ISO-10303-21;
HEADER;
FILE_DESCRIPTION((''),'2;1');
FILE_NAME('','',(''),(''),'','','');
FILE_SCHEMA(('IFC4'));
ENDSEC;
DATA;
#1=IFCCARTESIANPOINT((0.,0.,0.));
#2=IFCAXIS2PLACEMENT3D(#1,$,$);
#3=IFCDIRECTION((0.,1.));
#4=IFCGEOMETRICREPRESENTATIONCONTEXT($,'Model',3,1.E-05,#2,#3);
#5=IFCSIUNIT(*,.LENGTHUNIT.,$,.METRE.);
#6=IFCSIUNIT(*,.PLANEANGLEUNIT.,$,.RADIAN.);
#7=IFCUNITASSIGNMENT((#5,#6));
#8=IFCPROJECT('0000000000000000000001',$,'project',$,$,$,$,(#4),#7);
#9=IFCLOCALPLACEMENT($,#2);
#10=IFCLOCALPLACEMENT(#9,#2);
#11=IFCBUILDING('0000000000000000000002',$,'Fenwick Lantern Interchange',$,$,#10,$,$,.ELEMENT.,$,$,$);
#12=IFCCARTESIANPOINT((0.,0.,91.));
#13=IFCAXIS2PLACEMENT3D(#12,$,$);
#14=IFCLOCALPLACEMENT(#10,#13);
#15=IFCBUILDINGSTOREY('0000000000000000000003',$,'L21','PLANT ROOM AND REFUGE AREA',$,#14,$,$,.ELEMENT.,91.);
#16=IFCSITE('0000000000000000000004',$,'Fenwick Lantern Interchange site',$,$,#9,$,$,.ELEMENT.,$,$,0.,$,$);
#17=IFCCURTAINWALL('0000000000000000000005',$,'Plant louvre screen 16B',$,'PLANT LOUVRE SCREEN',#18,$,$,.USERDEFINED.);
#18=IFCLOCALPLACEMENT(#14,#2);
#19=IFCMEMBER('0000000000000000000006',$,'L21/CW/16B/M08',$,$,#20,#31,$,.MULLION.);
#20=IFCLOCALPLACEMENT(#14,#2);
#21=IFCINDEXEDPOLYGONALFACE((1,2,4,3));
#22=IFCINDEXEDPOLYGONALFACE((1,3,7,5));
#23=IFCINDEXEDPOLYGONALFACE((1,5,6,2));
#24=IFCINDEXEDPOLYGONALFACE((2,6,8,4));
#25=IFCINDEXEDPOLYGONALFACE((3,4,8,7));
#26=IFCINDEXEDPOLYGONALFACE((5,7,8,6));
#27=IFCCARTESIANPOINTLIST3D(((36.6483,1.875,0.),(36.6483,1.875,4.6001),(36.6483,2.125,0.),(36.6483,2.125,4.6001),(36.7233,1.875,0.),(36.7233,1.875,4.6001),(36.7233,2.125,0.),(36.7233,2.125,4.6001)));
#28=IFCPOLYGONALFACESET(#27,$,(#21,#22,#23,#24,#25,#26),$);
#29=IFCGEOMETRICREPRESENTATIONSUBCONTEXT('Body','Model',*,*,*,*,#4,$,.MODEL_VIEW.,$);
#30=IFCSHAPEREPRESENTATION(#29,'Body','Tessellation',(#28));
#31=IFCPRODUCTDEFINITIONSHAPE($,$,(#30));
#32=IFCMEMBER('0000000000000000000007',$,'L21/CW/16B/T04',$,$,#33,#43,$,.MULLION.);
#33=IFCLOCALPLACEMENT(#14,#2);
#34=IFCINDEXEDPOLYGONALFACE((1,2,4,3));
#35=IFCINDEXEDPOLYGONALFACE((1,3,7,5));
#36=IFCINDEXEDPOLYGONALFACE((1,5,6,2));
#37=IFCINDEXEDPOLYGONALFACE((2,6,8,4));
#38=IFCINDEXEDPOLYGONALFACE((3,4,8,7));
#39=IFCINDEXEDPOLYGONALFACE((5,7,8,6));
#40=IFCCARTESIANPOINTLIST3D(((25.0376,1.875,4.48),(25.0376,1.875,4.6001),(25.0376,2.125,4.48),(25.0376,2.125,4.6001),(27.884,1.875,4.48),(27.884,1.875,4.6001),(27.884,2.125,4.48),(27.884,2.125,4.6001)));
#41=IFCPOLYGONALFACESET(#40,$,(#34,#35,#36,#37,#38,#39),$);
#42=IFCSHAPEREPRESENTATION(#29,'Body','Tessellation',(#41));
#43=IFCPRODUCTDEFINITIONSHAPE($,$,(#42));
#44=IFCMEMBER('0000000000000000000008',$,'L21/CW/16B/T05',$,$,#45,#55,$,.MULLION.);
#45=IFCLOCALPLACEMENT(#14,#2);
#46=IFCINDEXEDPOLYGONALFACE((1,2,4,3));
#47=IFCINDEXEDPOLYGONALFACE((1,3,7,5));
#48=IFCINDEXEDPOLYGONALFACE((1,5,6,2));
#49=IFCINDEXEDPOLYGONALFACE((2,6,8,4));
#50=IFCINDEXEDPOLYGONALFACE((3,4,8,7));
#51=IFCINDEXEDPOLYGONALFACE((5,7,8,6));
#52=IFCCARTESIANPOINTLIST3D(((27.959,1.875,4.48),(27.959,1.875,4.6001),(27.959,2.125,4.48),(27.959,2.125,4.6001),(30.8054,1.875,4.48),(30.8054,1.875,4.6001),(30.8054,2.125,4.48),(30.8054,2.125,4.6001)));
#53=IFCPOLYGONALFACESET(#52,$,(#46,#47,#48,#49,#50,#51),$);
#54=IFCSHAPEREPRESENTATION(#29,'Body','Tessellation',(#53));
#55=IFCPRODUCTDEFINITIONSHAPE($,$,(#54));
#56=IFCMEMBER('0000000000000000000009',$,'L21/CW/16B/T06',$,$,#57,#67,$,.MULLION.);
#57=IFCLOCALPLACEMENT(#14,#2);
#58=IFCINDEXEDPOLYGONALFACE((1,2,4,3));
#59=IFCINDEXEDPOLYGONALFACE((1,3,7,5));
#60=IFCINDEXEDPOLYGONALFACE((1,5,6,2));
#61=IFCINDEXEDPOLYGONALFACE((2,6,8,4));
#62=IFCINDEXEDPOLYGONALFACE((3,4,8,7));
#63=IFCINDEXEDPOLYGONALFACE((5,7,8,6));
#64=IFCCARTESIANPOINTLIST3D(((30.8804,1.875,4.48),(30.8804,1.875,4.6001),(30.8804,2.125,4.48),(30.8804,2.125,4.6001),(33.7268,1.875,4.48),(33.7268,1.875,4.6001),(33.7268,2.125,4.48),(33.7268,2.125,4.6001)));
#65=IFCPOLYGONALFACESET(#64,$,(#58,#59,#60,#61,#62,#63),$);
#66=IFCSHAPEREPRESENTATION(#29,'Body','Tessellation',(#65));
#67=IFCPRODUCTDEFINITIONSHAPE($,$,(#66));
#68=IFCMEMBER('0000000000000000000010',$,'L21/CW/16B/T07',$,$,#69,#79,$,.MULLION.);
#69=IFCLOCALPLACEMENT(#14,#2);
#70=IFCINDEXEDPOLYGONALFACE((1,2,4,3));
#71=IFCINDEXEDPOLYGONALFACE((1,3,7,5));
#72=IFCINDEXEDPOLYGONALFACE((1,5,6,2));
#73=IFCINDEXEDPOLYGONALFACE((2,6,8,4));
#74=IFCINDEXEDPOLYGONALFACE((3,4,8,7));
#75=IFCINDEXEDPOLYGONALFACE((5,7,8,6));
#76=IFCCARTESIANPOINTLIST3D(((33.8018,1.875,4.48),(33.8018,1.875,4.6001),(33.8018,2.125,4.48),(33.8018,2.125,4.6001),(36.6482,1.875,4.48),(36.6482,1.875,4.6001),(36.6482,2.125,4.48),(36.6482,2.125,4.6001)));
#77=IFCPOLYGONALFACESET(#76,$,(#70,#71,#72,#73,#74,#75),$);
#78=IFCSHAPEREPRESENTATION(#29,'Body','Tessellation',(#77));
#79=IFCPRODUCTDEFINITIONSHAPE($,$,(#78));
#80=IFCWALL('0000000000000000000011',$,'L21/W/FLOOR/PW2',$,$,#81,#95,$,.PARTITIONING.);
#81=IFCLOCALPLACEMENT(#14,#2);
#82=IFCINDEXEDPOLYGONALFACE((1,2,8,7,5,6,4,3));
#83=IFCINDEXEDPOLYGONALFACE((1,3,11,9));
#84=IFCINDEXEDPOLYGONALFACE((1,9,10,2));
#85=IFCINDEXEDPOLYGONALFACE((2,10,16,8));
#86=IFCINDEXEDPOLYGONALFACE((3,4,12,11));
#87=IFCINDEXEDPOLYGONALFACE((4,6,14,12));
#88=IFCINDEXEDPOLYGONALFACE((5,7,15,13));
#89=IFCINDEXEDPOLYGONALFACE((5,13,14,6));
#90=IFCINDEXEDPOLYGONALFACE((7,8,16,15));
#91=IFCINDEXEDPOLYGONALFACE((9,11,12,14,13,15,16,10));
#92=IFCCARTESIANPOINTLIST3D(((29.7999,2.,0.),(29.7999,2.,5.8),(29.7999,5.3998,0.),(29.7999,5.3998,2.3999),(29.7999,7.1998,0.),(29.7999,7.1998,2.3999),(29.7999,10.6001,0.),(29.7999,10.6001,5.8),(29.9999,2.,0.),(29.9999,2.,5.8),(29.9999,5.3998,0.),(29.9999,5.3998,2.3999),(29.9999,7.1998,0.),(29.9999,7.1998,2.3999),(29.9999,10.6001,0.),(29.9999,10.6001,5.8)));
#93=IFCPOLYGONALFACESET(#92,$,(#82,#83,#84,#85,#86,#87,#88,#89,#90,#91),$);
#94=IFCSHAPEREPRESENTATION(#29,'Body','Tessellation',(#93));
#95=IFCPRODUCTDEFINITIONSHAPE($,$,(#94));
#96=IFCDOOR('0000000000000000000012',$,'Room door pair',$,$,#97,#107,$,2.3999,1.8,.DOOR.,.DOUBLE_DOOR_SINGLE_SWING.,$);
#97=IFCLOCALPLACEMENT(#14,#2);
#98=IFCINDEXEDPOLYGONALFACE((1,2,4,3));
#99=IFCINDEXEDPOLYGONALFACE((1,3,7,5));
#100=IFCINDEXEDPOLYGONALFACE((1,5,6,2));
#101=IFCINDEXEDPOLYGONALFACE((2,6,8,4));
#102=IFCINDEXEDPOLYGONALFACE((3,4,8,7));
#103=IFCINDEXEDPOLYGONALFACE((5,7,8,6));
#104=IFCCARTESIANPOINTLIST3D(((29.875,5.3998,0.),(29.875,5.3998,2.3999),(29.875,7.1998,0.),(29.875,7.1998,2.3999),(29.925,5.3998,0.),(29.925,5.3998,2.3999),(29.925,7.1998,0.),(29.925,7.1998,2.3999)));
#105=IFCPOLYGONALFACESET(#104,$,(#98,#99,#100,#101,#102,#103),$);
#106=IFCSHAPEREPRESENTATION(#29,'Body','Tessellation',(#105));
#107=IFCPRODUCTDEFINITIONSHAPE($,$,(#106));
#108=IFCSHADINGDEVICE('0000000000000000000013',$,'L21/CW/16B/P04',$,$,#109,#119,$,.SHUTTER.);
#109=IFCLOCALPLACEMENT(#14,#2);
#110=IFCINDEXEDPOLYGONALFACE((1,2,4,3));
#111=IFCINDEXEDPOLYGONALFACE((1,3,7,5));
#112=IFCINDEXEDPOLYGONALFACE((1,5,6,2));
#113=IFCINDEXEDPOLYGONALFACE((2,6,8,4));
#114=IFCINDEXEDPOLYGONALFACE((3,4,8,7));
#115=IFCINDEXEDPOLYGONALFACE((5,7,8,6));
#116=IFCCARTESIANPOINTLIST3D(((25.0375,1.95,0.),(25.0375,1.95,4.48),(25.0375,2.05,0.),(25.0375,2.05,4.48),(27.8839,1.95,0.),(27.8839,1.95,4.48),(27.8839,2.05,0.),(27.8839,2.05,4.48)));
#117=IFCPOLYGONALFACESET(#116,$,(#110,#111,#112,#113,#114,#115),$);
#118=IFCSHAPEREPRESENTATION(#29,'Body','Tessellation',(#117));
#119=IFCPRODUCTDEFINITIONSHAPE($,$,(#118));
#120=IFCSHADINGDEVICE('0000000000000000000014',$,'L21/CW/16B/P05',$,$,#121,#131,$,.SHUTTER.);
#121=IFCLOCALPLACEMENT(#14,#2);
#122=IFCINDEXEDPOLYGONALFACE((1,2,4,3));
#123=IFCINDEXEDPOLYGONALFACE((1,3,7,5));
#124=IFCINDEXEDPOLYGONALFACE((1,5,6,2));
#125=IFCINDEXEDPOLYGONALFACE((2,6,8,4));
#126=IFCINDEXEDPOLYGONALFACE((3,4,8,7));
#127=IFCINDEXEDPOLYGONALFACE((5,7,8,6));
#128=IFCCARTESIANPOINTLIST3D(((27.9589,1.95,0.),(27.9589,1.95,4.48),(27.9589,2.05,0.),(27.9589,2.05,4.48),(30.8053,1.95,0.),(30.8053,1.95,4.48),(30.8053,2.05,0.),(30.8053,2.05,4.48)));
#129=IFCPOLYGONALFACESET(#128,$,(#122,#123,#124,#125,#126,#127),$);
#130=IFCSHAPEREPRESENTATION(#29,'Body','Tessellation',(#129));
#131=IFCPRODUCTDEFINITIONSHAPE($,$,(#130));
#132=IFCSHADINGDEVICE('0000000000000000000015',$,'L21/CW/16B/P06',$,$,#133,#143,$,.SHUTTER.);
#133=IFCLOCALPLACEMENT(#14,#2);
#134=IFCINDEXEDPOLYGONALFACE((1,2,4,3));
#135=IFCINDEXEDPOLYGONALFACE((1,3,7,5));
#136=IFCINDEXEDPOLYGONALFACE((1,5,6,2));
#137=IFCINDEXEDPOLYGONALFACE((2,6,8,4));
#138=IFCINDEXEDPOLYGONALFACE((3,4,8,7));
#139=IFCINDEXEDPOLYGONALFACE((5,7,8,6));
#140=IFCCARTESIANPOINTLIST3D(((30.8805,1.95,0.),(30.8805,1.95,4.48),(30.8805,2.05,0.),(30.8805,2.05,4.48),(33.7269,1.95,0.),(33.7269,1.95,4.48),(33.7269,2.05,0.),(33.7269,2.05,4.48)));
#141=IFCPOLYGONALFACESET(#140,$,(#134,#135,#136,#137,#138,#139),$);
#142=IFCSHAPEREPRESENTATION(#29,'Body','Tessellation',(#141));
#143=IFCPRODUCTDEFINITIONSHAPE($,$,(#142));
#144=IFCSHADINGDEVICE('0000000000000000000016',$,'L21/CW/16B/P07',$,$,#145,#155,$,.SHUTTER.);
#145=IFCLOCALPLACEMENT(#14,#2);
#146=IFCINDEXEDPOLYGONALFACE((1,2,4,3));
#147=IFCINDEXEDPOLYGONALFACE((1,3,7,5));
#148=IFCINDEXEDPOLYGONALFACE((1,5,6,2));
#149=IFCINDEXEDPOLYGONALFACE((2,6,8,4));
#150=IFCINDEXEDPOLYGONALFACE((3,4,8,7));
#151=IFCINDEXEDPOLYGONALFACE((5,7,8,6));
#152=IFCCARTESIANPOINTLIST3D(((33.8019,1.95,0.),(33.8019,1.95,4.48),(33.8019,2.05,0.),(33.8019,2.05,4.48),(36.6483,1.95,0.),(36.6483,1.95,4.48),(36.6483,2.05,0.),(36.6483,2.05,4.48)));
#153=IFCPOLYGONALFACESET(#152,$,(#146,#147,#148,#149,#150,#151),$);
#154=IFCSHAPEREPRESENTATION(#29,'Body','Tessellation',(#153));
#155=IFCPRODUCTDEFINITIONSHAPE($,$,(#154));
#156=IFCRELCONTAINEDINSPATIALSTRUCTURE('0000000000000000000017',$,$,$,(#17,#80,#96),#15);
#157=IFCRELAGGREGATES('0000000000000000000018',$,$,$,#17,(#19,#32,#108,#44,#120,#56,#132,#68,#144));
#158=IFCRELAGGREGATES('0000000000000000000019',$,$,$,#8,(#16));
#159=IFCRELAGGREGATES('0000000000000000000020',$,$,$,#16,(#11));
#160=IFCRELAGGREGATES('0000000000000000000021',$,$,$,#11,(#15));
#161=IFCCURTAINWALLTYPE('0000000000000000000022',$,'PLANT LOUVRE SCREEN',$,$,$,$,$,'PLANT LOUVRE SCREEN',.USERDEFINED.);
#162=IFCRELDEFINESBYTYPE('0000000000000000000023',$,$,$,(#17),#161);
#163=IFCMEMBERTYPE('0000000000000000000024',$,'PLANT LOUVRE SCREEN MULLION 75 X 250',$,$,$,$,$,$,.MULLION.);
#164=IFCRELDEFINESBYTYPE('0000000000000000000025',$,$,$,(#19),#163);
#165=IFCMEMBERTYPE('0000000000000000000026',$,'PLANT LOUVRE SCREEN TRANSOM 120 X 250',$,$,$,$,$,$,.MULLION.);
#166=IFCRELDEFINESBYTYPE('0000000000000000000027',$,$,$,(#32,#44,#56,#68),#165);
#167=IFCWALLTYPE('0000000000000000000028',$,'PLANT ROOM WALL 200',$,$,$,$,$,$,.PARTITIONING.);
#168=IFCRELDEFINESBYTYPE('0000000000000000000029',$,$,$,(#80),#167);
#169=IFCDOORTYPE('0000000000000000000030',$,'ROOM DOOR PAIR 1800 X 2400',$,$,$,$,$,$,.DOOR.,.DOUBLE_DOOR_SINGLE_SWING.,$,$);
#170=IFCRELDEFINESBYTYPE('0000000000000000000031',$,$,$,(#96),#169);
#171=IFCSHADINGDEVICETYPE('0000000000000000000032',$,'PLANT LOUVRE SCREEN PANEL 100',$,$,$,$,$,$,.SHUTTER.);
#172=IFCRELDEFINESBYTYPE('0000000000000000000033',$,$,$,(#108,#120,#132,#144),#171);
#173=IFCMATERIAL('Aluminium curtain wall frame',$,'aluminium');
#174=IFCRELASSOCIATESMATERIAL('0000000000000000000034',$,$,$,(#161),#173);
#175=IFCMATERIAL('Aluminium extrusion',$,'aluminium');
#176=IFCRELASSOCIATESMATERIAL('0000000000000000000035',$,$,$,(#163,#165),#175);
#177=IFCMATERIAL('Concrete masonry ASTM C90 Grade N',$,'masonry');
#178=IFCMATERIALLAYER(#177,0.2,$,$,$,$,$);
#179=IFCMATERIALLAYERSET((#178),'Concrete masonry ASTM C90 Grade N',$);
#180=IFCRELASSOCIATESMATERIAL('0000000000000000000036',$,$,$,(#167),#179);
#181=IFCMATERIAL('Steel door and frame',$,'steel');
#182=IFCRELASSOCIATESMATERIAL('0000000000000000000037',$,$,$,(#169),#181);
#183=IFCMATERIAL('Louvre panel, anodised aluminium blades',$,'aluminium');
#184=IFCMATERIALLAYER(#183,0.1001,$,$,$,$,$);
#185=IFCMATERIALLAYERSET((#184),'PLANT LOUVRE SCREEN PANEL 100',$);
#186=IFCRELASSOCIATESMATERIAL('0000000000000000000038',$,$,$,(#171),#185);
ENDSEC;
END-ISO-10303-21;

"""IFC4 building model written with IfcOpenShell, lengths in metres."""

from ifc_helpers import new_model, si_unit, direction, frame, frame_2d, origin, origin_2d, place, context, subcontext, project, spatial, rectangle, extrude, material, layer, layer_set, material_profile, profile_set, type_object, element, fill, aggregate, save


model = new_model("IFC4")

# Units and contexts
model_context = context("Model", 3, precision=1e-05, world=origin(), true_north=direction((0.0, 1.0)))
body_context = subcontext(model_context, "Body", "Model", "MODEL_VIEW")
ifc_project = project(units=[si_unit("LENGTHUNIT", "METRE"), si_unit("PLANEANGLEUNIT", "RADIAN")], contexts=[model_context])

# Site, building, storey
site_placement = place(None, origin())
site = spatial("IfcSite", under=ifc_project, at=site_placement, Name="Fenwick Lantern Interchange site", CompositionType="ELEMENT", RefElevation=0.0)
building_placement = place(site_placement, origin())
building = spatial("IfcBuilding", under=site, at=building_placement, Name="Fenwick Lantern Interchange", CompositionType="ELEMENT")
storey_placement = place(building_placement, frame((0.0, 0.0, 91.0)))
storey = spatial("IfcBuildingStorey", under=building, at=storey_placement, Name="L21", Description="PLANT ROOM AND REFUGE AREA", CompositionType="ELEMENT", Elevation=91.0)

# Curtain wall, members
ifc_material_1 = material(Name="Aluminium curtain wall frame", Category="aluminium")
curtain_wall_type = type_object("IfcCurtainWallType", Name="PLANT LOUVRE SCREEN", ElementType="PLANT LOUVRE SCREEN", PredefinedType="USERDEFINED", material=ifc_material_1)
curtain_wall_placement = place(storey_placement, origin())
curtain_wall = element("IfcCurtainWall", 1, at=curtain_wall_placement, inside=storey, type_object=curtain_wall_type, Name="Plant louvre screen 16B", ObjectType="PLANT LOUVRE SCREEN", PredefinedType="USERDEFINED")
ifc_material_2 = material(Name="Aluminium extrusion", Category="aluminium")
ifc_material_profile_1 = material_profile(ifc_material_2, rectangle(XDim=0.25, YDim=0.075, at=origin_2d()), Name="PLANT LOUVRE SCREEN MULLION 75 X 250")
ifc_profile_set_1 = profile_set([ifc_material_profile_1], Name="Aluminium extrusion")
member_type_1 = type_object("IfcMemberType", Name="PLANT LOUVRE SCREEN MULLION 75 X 250", PredefinedType="MULLION", material=ifc_profile_set_1)
member_1_placement = place(storey_placement, frame((36.6858, 2.0, 0.0), z_axis=(0.0, 0.0, 1.0), x_axis=(0.0, 1.0, 0.0)))
member_1 = element("IfcMember", 2, at=member_1_placement, type_object=member_type_1, Name="L21/CW/16B/M08", PredefinedType="MULLION", context=body_context, shape_type="SweptSolid", body=[
    extrude(rectangle(XDim=0.25, YDim=0.075, at=origin_2d()), origin(), (0.0, 0.0, 1.0), 4.6001),
])
ifc_material_profile_2 = material_profile(ifc_material_2, rectangle(XDim=0.25, YDim=0.1201, at=origin_2d()), Name="PLANT LOUVRE SCREEN TRANSOM 120 X 250")
ifc_profile_set_2 = profile_set([ifc_material_profile_2], Name="Aluminium extrusion")
member_type_2 = type_object("IfcMemberType", Name="PLANT LOUVRE SCREEN TRANSOM 120 X 250", PredefinedType="MULLION", material=ifc_profile_set_2)
member_2_placement = place(storey_placement, frame((25.0376, 2.0, 4.54), z_axis=(1.0, 0.0, 0.0), x_axis=(0.0, 1.0, 0.0)))
member_2 = element("IfcMember", 3, at=member_2_placement, type_object=member_type_2, Name="L21/CW/16B/T04", PredefinedType="MULLION", context=body_context, shape_type="SweptSolid", body=[
    extrude(rectangle(XDim=0.25, YDim=0.1201, at=origin_2d()), origin(), (0.0, 0.0, 1.0), 2.8464),
])
member_3_placement = place(storey_placement, frame((27.959, 2.0, 4.54), z_axis=(1.0, 0.0, 0.0), x_axis=(0.0, 1.0, 0.0)))
member_3 = element("IfcMember", 4, at=member_3_placement, type_object=member_type_2, Name="L21/CW/16B/T05", PredefinedType="MULLION", context=body_context, shape_type="SweptSolid", body=[
    extrude(rectangle(XDim=0.25, YDim=0.1201, at=origin_2d()), origin(), (0.0, 0.0, 1.0), 2.8464),
])
member_4_placement = place(storey_placement, frame((30.8804, 2.0, 4.54), z_axis=(1.0, 0.0, 0.0), x_axis=(0.0, 1.0, 0.0)))
member_4 = element("IfcMember", 5, at=member_4_placement, type_object=member_type_2, Name="L21/CW/16B/T06", PredefinedType="MULLION", context=body_context, shape_type="SweptSolid", body=[
    extrude(rectangle(XDim=0.25, YDim=0.1201, at=origin_2d()), origin(), (0.0, 0.0, 1.0), 2.8464),
])
member_5_placement = place(storey_placement, frame((33.8018, 2.0, 4.54), z_axis=(1.0, 0.0, 0.0), x_axis=(0.0, 1.0, 0.0)))
member_5 = element("IfcMember", 6, at=member_5_placement, type_object=member_type_2, Name="L21/CW/16B/T07", PredefinedType="MULLION", context=body_context, shape_type="SweptSolid", body=[
    extrude(rectangle(XDim=0.25, YDim=0.1201, at=origin_2d()), origin(), (0.0, 0.0, 1.0), 2.8464),
])

# Wall, opening, door
ifc_material_3 = material(Name="Concrete masonry ASTM C90 Grade N", Category="masonry")
ifc_layer_1 = layer(ifc_material_3, 0.2)
ifc_layer_set_1 = layer_set([ifc_layer_1], Name="Concrete masonry ASTM C90 Grade N")
wall_type = type_object("IfcWallType", Name="PLANT ROOM WALL 200", PredefinedType="PARTITIONING", material=ifc_layer_set_1)
wall_placement = place(storey_placement, frame((29.8999, 2.0, 0.0), z_axis=(0.0, 0.0, 1.0), x_axis=(0.0, 1.0, 0.0)))
wall = element("IfcWall", 7, at=wall_placement, inside=storey, type_object=wall_type, Name="L21/W/FLOOR/PW2", PredefinedType="PARTITIONING", context=body_context, shape_type="SweptSolid", body=[
    extrude(rectangle(XDim=8.6001, YDim=0.2, at=frame_2d((4.3, 0.0))), origin(), (0.0, 0.0, 1.0), 5.8),
])
opening_placement = place(wall_placement, frame((3.3999, 0.0, 0.0)))
opening = element("IfcOpeningElement", 8, at=opening_placement, cuts=wall, PredefinedType="OPENING", context=body_context, shape_type="SweptSolid", body=[
    extrude(rectangle(XDim=1.8, YDim=2.3999, at=frame_2d((0.8999, 1.2))), frame((0.0, 0.1099, 0.0), z_axis=(0.0, -1.0, 0.0), x_axis=(1.0, 0.0, 0.0)), (0.0, 0.0, 1.0), 0.22),
])
ifc_material_4 = material(Name="Steel door and frame", Category="steel")
door_type = type_object("IfcDoorType", Name="ROOM DOOR PAIR 1800 X 2400", OperationType="DOUBLE_DOOR_SINGLE_SWING", PredefinedType="DOOR", material=ifc_material_4)
door_placement = place(opening_placement, origin())
door = element("IfcDoor", 9, at=door_placement, inside=storey, type_object=door_type, Name="Room door pair", OperationType="DOUBLE_DOOR_SINGLE_SWING", OverallHeight=2.3999, OverallWidth=1.8, PredefinedType="DOOR", context=body_context, shape_type="SweptSolid", body=[
    extrude(rectangle(XDim=1.8, YDim=2.3999, at=frame_2d((0.8999, 1.2))), frame((0.0, 0.0249, 0.0), z_axis=(0.0, -1.0, 0.0), x_axis=(1.0, 0.0, 0.0)), (0.0, 0.0, 1.0), 0.05),
])
fill(opening, door)

# Shading devices
ifc_material_5 = material(Name="Louvre panel, anodised aluminium blades", Category="aluminium")
ifc_layer_2 = layer(ifc_material_5, 0.1001)
ifc_layer_set_2 = layer_set([ifc_layer_2], Name="PLANT LOUVRE SCREEN PANEL 100")
shading_device_type = type_object("IfcShadingDeviceType", Name="PLANT LOUVRE SCREEN PANEL 100", PredefinedType="SHUTTER", material=ifc_layer_set_2)
shading_device_1_placement = place(storey_placement, frame((26.4607, 2.0, 0.0), z_axis=(0.0, 0.0, 1.0), x_axis=(1.0, 0.0, 0.0)))
shading_device_1 = element("IfcShadingDevice", 10, at=shading_device_1_placement, type_object=shading_device_type, Name="L21/CW/16B/P04", PredefinedType="SHUTTER", context=body_context, shape_type="SweptSolid", body=[
    extrude(rectangle(XDim=2.8464, YDim=0.1001, at=origin_2d()), origin(), (0.0, 0.0, 1.0), 4.48),
])
shading_device_2_placement = place(storey_placement, frame((29.3821, 2.0, 0.0), z_axis=(0.0, 0.0, 1.0), x_axis=(1.0, 0.0, 0.0)))
shading_device_2 = element("IfcShadingDevice", 11, at=shading_device_2_placement, type_object=shading_device_type, Name="L21/CW/16B/P05", PredefinedType="SHUTTER", context=body_context, shape_type="SweptSolid", body=[
    extrude(rectangle(XDim=2.8464, YDim=0.1001, at=origin_2d()), origin(), (0.0, 0.0, 1.0), 4.48),
])
shading_device_3_placement = place(storey_placement, frame((32.3037, 2.0, 0.0), z_axis=(0.0, 0.0, 1.0), x_axis=(1.0, 0.0, 0.0)))
shading_device_3 = element("IfcShadingDevice", 12, at=shading_device_3_placement, type_object=shading_device_type, Name="L21/CW/16B/P06", PredefinedType="SHUTTER", context=body_context, shape_type="SweptSolid", body=[
    extrude(rectangle(XDim=2.8464, YDim=0.1001, at=origin_2d()), origin(), (0.0, 0.0, 1.0), 4.48),
])
shading_device_4_placement = place(storey_placement, frame((35.2251, 2.0, 0.0), z_axis=(0.0, 0.0, 1.0), x_axis=(1.0, 0.0, 0.0)))
shading_device_4 = element("IfcShadingDevice", 13, at=shading_device_4_placement, type_object=shading_device_type, Name="L21/CW/16B/P07", PredefinedType="SHUTTER", context=body_context, shape_type="SweptSolid", body=[
    extrude(rectangle(XDim=2.8464, YDim=0.1001, at=origin_2d()), origin(), (0.0, 0.0, 1.0), 4.48),
])
aggregate(curtain_wall, [member_1, member_2, shading_device_1, member_3, shading_device_2, member_4, shading_device_3, member_5, shading_device_4])

save(model, "model.ifc")
